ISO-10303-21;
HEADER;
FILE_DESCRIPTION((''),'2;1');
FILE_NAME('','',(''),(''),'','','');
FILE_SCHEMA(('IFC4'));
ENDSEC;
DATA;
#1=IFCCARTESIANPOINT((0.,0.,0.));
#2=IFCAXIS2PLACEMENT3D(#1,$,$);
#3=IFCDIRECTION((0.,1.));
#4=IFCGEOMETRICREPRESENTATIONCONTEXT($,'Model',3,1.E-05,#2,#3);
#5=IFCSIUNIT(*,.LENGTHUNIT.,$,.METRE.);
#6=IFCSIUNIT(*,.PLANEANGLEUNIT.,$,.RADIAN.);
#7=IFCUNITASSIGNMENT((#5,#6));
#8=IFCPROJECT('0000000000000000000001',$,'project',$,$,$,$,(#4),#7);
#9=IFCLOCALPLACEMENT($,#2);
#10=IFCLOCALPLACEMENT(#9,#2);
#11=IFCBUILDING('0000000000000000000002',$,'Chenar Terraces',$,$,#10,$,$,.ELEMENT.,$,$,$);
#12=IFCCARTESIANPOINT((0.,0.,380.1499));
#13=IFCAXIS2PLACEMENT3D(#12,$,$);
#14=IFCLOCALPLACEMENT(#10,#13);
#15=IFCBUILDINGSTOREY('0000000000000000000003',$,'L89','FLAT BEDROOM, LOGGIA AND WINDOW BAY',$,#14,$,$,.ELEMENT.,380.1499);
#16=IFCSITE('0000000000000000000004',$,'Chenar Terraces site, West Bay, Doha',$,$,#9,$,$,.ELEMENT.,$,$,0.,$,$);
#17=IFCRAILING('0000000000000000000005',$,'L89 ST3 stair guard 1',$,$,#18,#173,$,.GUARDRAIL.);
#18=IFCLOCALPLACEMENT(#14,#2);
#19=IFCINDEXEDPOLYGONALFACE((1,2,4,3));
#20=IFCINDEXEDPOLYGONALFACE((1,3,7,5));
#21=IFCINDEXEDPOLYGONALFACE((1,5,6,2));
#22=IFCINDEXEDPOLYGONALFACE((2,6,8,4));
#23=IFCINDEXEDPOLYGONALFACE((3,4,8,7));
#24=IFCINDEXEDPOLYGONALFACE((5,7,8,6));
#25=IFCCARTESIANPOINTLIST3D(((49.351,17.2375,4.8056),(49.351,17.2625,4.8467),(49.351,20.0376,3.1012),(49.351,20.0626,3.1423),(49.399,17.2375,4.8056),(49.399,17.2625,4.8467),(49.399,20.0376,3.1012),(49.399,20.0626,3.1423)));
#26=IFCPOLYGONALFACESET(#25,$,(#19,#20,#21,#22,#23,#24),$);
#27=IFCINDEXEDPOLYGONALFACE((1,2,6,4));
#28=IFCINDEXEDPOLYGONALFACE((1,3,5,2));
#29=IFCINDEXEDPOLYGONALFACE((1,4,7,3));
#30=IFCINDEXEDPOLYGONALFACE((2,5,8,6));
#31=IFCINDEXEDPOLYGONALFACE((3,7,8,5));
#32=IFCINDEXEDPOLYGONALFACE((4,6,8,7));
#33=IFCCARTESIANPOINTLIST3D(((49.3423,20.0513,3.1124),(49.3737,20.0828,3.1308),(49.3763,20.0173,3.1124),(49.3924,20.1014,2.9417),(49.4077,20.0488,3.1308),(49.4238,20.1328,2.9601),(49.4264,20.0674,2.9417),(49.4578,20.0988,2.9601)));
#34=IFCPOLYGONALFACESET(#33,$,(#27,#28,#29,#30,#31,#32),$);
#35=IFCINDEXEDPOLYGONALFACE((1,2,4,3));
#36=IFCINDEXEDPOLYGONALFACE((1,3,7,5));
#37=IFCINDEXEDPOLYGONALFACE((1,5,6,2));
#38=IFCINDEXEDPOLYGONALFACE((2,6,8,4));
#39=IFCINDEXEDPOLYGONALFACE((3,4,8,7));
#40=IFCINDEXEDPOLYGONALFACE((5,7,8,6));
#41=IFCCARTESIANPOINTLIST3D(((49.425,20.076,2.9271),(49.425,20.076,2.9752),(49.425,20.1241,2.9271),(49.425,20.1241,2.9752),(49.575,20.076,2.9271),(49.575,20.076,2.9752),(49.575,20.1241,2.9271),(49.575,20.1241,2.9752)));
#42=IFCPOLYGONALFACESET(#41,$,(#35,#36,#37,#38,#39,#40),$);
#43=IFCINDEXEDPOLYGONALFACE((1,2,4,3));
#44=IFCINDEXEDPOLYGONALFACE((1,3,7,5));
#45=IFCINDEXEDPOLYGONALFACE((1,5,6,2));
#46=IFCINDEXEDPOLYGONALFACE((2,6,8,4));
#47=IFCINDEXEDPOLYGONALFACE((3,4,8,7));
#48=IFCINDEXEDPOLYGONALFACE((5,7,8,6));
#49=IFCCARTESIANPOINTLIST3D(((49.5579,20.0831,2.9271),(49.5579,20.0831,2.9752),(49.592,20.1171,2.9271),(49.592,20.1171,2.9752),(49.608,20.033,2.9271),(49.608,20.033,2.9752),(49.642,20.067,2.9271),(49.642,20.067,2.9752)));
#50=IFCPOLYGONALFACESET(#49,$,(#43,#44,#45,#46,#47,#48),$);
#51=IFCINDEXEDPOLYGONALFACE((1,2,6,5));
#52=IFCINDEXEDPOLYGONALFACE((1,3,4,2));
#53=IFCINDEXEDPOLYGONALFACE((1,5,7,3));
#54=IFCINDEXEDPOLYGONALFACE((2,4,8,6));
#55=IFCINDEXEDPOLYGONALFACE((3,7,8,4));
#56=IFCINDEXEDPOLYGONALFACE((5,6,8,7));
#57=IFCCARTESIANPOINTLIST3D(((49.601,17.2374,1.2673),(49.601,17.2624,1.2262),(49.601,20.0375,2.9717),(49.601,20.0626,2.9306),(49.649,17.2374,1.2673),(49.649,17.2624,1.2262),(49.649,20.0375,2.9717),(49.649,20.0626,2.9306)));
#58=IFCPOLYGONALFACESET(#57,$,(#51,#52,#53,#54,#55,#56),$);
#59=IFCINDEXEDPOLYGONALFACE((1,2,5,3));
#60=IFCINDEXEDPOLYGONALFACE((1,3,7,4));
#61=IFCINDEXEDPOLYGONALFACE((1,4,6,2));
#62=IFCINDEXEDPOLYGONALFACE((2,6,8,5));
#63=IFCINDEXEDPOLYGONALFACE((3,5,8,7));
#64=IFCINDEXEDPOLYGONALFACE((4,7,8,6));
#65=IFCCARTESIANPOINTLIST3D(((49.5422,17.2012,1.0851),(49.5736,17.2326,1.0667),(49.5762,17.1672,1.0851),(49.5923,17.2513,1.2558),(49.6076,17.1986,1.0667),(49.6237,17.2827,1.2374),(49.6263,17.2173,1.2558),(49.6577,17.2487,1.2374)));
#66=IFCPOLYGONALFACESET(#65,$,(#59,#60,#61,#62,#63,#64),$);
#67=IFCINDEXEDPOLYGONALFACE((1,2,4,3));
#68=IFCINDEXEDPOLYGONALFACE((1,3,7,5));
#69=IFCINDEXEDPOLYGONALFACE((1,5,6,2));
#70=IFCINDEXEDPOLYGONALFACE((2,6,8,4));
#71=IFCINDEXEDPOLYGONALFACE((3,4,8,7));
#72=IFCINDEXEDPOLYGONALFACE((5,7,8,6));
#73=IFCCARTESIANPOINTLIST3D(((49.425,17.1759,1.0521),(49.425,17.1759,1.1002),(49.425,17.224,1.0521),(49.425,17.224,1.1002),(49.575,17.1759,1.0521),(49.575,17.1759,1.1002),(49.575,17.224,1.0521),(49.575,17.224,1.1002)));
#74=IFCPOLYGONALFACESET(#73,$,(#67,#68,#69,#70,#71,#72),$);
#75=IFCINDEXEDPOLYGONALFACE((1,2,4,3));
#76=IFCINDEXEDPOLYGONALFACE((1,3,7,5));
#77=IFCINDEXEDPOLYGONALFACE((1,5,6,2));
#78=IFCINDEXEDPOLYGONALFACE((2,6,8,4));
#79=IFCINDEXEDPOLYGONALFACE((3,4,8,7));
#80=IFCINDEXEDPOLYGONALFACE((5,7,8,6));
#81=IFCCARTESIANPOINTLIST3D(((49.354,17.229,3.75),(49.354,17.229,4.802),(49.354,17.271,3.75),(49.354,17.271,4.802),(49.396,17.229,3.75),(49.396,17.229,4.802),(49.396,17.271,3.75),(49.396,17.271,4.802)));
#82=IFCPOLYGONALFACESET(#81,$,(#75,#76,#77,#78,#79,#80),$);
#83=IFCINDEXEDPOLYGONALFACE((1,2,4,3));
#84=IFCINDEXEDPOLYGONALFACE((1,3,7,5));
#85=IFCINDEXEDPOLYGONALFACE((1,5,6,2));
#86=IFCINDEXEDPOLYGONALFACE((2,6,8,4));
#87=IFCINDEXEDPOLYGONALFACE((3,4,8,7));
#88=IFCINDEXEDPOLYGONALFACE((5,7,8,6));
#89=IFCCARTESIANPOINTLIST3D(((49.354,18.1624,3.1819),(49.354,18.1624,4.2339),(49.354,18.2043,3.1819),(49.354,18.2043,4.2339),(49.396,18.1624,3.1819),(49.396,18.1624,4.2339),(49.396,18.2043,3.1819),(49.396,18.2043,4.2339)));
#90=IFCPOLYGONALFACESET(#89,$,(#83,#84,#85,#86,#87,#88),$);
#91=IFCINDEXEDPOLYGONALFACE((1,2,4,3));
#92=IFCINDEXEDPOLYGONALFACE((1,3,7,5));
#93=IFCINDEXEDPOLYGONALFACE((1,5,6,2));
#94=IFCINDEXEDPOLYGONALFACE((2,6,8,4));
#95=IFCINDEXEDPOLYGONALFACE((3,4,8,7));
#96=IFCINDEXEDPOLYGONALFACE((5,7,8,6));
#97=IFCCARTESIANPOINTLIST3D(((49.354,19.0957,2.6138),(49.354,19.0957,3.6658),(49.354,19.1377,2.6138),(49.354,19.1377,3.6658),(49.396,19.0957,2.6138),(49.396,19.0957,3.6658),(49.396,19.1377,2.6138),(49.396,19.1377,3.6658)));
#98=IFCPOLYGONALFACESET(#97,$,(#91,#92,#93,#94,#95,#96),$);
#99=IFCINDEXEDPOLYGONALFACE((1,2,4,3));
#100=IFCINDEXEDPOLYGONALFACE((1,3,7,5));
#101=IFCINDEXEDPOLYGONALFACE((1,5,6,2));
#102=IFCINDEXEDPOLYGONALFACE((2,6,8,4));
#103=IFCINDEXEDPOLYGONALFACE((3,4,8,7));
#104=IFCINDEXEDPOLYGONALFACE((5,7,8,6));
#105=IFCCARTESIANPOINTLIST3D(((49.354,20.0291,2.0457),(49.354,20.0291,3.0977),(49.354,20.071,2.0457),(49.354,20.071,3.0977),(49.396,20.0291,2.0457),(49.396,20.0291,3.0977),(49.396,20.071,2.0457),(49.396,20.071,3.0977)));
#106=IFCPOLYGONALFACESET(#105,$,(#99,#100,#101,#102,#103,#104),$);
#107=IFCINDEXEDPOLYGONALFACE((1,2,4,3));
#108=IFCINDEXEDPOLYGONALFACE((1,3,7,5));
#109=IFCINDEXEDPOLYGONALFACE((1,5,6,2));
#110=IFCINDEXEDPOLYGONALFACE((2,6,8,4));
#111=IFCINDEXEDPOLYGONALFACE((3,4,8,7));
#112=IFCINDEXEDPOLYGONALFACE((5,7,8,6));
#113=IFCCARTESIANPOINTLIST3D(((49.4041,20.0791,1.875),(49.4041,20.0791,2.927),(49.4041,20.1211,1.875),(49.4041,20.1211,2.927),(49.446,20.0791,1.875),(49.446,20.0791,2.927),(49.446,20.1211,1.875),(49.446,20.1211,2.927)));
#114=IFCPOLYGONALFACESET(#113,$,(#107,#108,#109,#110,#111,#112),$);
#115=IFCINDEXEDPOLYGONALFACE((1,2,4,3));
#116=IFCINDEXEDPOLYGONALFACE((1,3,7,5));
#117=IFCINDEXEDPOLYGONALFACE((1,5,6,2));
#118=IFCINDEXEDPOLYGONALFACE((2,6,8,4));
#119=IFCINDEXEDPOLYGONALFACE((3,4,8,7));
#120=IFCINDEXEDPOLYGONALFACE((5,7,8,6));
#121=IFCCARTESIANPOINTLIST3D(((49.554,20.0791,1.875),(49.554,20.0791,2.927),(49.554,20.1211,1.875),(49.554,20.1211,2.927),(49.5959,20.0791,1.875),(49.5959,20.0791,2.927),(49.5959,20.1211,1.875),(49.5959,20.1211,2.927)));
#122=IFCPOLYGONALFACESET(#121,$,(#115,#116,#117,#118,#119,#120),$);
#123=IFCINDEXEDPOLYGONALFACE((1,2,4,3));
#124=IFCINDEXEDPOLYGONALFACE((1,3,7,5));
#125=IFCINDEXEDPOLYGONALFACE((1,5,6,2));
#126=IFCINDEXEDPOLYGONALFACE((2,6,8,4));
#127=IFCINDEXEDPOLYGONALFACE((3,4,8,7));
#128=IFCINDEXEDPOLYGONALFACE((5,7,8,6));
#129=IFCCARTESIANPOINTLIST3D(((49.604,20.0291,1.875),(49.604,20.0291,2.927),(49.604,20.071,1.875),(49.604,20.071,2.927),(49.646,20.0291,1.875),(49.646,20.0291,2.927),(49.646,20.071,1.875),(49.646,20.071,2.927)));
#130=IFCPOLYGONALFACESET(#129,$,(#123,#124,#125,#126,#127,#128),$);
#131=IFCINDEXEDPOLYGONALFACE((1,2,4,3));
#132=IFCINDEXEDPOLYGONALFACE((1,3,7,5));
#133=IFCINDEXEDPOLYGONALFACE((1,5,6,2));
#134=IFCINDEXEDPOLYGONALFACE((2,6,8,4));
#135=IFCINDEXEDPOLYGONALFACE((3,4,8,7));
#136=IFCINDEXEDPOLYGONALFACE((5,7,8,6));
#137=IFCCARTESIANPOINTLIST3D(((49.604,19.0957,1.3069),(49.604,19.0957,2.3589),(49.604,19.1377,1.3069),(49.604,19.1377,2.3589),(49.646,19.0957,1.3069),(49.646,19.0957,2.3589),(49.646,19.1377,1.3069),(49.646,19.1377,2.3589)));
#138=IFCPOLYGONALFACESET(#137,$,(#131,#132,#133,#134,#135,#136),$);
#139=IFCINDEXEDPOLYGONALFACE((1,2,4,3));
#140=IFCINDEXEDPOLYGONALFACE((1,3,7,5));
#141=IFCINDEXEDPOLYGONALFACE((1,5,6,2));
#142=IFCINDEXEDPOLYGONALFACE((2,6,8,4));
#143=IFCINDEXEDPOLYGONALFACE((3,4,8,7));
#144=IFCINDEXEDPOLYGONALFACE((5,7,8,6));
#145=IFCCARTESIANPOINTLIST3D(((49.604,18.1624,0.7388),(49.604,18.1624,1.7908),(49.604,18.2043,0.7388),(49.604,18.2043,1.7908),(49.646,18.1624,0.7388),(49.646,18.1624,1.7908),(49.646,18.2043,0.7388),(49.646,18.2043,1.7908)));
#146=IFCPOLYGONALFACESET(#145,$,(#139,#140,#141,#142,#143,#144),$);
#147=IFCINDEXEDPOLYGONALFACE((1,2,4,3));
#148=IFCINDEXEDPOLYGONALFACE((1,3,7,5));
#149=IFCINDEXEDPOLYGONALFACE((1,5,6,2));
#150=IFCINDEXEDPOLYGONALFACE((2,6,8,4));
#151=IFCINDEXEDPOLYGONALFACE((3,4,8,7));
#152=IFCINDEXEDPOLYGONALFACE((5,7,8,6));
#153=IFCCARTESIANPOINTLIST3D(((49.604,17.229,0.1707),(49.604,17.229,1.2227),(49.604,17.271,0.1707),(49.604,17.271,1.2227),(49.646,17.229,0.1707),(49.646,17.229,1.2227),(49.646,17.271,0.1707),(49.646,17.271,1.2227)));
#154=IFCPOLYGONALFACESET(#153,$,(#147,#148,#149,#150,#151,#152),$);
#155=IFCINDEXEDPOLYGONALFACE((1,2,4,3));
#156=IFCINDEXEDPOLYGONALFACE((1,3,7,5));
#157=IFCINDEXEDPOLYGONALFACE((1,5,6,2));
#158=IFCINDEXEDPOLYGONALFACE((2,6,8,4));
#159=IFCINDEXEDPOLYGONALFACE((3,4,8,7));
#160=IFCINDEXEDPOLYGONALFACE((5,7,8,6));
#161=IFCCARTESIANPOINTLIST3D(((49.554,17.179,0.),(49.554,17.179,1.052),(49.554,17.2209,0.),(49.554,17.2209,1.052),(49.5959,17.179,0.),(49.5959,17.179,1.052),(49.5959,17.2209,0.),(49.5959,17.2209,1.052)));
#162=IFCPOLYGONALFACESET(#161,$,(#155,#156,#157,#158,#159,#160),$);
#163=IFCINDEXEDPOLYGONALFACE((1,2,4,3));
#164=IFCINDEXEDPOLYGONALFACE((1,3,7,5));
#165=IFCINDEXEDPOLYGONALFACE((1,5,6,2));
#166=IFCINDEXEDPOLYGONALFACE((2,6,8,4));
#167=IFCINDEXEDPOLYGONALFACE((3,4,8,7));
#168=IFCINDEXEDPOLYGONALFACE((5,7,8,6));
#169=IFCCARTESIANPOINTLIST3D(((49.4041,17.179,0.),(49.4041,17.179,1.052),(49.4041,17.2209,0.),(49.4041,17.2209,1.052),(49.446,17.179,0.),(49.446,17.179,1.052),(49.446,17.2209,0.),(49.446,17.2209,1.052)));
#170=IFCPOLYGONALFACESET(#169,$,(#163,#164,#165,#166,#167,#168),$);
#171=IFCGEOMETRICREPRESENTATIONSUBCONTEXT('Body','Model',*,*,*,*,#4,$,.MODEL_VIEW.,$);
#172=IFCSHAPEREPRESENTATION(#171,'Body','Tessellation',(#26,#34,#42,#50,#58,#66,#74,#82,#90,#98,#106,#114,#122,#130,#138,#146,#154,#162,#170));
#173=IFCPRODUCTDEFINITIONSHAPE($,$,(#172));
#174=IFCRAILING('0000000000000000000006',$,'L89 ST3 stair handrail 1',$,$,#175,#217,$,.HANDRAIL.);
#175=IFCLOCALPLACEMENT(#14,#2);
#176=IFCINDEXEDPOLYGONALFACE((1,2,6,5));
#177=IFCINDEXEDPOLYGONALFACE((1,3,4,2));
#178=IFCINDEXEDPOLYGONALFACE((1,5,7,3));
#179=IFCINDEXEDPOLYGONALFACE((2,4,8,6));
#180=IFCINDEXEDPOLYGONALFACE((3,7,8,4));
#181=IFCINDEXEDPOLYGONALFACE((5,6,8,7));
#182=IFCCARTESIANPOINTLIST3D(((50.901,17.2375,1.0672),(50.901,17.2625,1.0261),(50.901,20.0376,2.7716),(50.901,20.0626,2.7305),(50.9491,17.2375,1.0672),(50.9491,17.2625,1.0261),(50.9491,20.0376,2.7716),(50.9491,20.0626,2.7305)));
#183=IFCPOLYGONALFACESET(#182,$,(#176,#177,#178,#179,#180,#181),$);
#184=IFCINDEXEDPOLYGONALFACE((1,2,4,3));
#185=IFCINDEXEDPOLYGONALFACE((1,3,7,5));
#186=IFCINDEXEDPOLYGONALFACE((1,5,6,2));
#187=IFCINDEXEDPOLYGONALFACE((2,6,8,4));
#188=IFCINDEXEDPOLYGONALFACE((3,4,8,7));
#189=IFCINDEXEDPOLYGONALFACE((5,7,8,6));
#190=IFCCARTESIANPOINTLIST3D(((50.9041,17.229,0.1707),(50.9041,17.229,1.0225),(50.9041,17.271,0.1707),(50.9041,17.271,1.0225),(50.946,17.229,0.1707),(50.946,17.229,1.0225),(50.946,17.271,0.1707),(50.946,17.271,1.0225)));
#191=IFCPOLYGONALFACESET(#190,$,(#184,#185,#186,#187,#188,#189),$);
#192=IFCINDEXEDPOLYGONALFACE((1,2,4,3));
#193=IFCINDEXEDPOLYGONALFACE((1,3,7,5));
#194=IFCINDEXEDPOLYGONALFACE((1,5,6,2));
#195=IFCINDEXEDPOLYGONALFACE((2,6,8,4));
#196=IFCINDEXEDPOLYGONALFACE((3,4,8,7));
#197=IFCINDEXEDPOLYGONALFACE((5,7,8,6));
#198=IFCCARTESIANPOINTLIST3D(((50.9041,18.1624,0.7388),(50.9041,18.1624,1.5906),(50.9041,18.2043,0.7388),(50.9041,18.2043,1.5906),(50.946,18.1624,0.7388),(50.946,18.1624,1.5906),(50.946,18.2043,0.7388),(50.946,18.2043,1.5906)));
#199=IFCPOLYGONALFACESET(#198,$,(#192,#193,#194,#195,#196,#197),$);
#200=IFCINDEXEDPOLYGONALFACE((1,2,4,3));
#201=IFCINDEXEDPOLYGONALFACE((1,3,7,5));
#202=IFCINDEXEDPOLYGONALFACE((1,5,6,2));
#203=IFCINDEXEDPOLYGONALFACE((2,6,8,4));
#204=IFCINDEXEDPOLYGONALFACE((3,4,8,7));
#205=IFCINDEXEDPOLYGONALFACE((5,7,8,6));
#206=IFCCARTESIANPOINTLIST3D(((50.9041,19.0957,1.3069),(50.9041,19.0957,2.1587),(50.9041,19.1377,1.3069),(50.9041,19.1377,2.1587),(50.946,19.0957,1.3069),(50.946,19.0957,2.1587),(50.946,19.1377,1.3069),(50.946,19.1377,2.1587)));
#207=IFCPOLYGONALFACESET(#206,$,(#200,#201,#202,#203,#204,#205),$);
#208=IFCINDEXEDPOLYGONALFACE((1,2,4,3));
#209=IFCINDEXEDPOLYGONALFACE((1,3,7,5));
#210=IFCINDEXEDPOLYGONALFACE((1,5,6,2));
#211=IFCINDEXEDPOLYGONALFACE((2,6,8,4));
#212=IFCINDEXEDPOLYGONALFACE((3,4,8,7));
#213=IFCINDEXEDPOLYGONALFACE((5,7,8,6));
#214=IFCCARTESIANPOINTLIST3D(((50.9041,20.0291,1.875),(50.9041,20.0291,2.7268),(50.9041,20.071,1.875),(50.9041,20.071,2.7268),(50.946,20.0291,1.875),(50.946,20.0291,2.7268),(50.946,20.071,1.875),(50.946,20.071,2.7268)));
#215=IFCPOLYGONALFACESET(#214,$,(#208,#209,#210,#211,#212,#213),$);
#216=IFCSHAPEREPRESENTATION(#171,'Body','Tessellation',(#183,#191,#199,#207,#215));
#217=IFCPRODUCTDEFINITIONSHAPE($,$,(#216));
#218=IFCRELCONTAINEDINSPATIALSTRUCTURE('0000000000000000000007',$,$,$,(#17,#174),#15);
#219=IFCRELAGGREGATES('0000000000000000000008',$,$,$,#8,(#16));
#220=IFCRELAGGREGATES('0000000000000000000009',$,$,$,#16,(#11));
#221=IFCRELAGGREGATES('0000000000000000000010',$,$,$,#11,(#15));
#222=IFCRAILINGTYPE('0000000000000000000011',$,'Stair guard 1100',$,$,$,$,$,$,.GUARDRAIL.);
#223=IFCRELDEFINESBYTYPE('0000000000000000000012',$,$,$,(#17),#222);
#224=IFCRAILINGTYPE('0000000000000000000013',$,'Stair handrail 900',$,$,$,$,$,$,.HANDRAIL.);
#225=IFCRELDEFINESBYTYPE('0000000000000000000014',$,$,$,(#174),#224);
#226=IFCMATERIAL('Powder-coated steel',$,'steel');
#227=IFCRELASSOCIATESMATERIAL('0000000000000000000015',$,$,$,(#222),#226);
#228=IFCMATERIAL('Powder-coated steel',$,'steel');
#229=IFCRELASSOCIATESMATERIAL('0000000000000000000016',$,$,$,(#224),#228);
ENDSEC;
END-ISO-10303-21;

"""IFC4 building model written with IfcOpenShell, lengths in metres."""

from ifc_helpers import new_model, si_unit, direction, frame, origin, origin_2d, place, context, subcontext, project, spatial, rectangle, extrude, material, type_object, element, save


model = new_model("IFC4")

# Units and contexts
model_context = context("Model", 3, precision=1e-05, world=origin(), true_north=direction((0.0, 1.0)))
body_context = subcontext(model_context, "Body", "Model", "MODEL_VIEW")
ifc_project = project(units=[si_unit("LENGTHUNIT", "METRE"), si_unit("PLANEANGLEUNIT", "RADIAN")], contexts=[model_context])

# Site, building, storey
site_placement = place(None, origin())
site = spatial("IfcSite", under=ifc_project, at=site_placement, Name="Chenar Terraces site, West Bay, Doha", CompositionType="ELEMENT", RefElevation=0.0)
building_placement = place(site_placement, origin())
building = spatial("IfcBuilding", under=site, at=building_placement, Name="Chenar Terraces", CompositionType="ELEMENT")
storey_placement = place(building_placement, frame((0.0, 0.0, 380.1499)))
storey = spatial("IfcBuildingStorey", under=building, at=storey_placement, Name="L89", Description="FLAT BEDROOM, LOGGIA AND WINDOW BAY", CompositionType="ELEMENT", Elevation=380.1499)

# Railings
ifc_material_1 = material(Name="Powder-coated steel", Category="steel")
railing_type_1 = type_object("IfcRailingType", Name="Stair guard 1100", PredefinedType="GUARDRAIL", material=ifc_material_1)
railing_1_placement = place(storey_placement, frame((49.375, 17.25, 3.75)))
element("IfcRailing", 1, at=railing_1_placement, inside=storey, type_object=railing_type_1, Name="L89 ST3 stair guard 1", PredefinedType="GUARDRAIL", context=body_context, shape_type="SweptSolid", body=[
    extrude(rectangle(XDim=0.0481, YDim=0.0481, at=origin_2d()), frame((0.0, 0.0, 1.0762), z_axis=(0.0, 0.854203, -0.51994), x_axis=(-1.0, 0.0, 0.0)), (0.0, 0.0, 1.0), 3.2781),
    extrude(rectangle(XDim=0.0481, YDim=0.0481, at=origin_2d()), frame((0.0, 2.8, -0.6284), z_axis=(0.2709, 0.2709, -0.923703), x_axis=(-0.707107, 0.707107, 0.0)), (0.0, 0.0, 1.0), 0.1848),
    extrude(rectangle(XDim=0.0481, YDim=0.0481, at=origin_2d()), frame((0.05, 2.8501, -0.7988), z_axis=(1.0, 0.0, 0.0), x_axis=(0.0, 1.0, 0.0)), (0.0, 0.0, 1.0), 0.1499),
    extrude(rectangle(XDim=0.0481, YDim=0.0481, at=origin_2d()), frame((0.2, 2.8501, -0.7988), z_axis=(0.707107, -0.707107, 0.0), x_axis=(0.707107, 0.707107, 0.0)), (0.0, 0.0, 1.0), 0.0708),
    extrude(rectangle(XDim=0.0481, YDim=0.0481, at=origin_2d()), frame((0.25, 2.8, -0.7988), z_axis=(0.0, -0.854203, -0.51994), x_axis=(1.0, 0.0, 0.0)), (0.0, 0.0, 1.0), 3.2781),
    extrude(rectangle(XDim=0.0481, YDim=0.0481, at=origin_2d()), frame((0.25, 0.0, -2.5034), z_axis=(-0.2709, -0.2709, -0.923703), x_axis=(0.707107, -0.707107, 0.0)), (0.0, 0.0, 1.0), 0.1848),
    extrude(rectangle(XDim=0.0481, YDim=0.0481, at=origin_2d()), frame((0.2, -0.05, -2.6738), z_axis=(-1.0, 0.0, 0.0), x_axis=(0.0, -1.0, 0.0)), (0.0, 0.0, 1.0), 0.1499),
    extrude(rectangle(XDim=0.042, YDim=0.042, at=origin_2d()), origin(), (0.0, 0.0, 1.0), 1.052),
    extrude(rectangle(XDim=0.042, YDim=0.042, at=origin_2d()), frame((0.0, 0.9333, -0.5681)), (0.0, 0.0, 1.0), 1.052),
    extrude(rectangle(XDim=0.042, YDim=0.042, at=origin_2d()), frame((0.0, 1.8667, -1.1362)), (0.0, 0.0, 1.0), 1.052),
    extrude(rectangle(XDim=0.042, YDim=0.042, at=origin_2d()), frame((0.0, 2.8, -1.7043)), (0.0, 0.0, 1.0), 1.052),
    extrude(rectangle(XDim=0.042, YDim=0.042, at=origin_2d()), frame((0.05, 2.8501, -1.875)), (0.0, 0.0, 1.0), 1.052),
    extrude(rectangle(XDim=0.042, YDim=0.042, at=origin_2d()), frame((0.2, 2.8501, -1.875)), (0.0, 0.0, 1.0), 1.052),
    extrude(rectangle(XDim=0.042, YDim=0.042, at=origin_2d()), frame((0.25, 2.8, -1.875)), (0.0, 0.0, 1.0), 1.052),
    extrude(rectangle(XDim=0.042, YDim=0.042, at=origin_2d()), frame((0.25, 1.8667, -2.4431)), (0.0, 0.0, 1.0), 1.052),
    extrude(rectangle(XDim=0.042, YDim=0.042, at=origin_2d()), frame((0.25, 0.9333, -3.0112)), (0.0, 0.0, 1.0), 1.052),
    extrude(rectangle(XDim=0.042, YDim=0.042, at=origin_2d()), frame((0.25, 0.0, -3.5793)), (0.0, 0.0, 1.0), 1.052),
    extrude(rectangle(XDim=0.042, YDim=0.042, at=origin_2d()), frame((0.2, -0.05, -3.75)), (0.0, 0.0, 1.0), 1.052),
    extrude(rectangle(XDim=0.042, YDim=0.042, at=origin_2d()), frame((0.05, -0.05, -3.75)), (0.0, 0.0, 1.0), 1.052),
])
ifc_material_2 = material(Name="Powder-coated steel", Category="steel")
railing_type_2 = type_object("IfcRailingType", Name="Stair handrail 900", PredefinedType="HANDRAIL", material=ifc_material_2)
railing_2_placement = place(storey_placement, frame((50.925, 17.25, 0.1707)))
element("IfcRailing", 2, at=railing_2_placement, inside=storey, type_object=railing_type_2, Name="L89 ST3 stair handrail 1", PredefinedType="HANDRAIL", context=body_context, shape_type="SweptSolid", body=[
    extrude(rectangle(XDim=0.0481, YDim=0.0481, at=origin_2d()), frame((0.0, 0.0, 0.876), z_axis=(0.0, 0.854203, 0.51994), x_axis=(-1.0, 0.0, 0.0)), (0.0, 0.0, 1.0), 3.2781),
    extrude(rectangle(XDim=0.042, YDim=0.042, at=origin_2d()), origin(), (0.0, 0.0, 1.0), 0.8518),
    extrude(rectangle(XDim=0.042, YDim=0.042, at=origin_2d()), frame((0.0, 0.9333, 0.5681)), (0.0, 0.0, 1.0), 0.8518),
    extrude(rectangle(XDim=0.042, YDim=0.042, at=origin_2d()), frame((0.0, 1.8667, 1.1362)), (0.0, 0.0, 1.0), 0.8518),
    extrude(rectangle(XDim=0.042, YDim=0.042, at=origin_2d()), frame((0.0, 2.8, 1.7043)), (0.0, 0.0, 1.0), 0.8518),
])

save(model, "model.ifc")
